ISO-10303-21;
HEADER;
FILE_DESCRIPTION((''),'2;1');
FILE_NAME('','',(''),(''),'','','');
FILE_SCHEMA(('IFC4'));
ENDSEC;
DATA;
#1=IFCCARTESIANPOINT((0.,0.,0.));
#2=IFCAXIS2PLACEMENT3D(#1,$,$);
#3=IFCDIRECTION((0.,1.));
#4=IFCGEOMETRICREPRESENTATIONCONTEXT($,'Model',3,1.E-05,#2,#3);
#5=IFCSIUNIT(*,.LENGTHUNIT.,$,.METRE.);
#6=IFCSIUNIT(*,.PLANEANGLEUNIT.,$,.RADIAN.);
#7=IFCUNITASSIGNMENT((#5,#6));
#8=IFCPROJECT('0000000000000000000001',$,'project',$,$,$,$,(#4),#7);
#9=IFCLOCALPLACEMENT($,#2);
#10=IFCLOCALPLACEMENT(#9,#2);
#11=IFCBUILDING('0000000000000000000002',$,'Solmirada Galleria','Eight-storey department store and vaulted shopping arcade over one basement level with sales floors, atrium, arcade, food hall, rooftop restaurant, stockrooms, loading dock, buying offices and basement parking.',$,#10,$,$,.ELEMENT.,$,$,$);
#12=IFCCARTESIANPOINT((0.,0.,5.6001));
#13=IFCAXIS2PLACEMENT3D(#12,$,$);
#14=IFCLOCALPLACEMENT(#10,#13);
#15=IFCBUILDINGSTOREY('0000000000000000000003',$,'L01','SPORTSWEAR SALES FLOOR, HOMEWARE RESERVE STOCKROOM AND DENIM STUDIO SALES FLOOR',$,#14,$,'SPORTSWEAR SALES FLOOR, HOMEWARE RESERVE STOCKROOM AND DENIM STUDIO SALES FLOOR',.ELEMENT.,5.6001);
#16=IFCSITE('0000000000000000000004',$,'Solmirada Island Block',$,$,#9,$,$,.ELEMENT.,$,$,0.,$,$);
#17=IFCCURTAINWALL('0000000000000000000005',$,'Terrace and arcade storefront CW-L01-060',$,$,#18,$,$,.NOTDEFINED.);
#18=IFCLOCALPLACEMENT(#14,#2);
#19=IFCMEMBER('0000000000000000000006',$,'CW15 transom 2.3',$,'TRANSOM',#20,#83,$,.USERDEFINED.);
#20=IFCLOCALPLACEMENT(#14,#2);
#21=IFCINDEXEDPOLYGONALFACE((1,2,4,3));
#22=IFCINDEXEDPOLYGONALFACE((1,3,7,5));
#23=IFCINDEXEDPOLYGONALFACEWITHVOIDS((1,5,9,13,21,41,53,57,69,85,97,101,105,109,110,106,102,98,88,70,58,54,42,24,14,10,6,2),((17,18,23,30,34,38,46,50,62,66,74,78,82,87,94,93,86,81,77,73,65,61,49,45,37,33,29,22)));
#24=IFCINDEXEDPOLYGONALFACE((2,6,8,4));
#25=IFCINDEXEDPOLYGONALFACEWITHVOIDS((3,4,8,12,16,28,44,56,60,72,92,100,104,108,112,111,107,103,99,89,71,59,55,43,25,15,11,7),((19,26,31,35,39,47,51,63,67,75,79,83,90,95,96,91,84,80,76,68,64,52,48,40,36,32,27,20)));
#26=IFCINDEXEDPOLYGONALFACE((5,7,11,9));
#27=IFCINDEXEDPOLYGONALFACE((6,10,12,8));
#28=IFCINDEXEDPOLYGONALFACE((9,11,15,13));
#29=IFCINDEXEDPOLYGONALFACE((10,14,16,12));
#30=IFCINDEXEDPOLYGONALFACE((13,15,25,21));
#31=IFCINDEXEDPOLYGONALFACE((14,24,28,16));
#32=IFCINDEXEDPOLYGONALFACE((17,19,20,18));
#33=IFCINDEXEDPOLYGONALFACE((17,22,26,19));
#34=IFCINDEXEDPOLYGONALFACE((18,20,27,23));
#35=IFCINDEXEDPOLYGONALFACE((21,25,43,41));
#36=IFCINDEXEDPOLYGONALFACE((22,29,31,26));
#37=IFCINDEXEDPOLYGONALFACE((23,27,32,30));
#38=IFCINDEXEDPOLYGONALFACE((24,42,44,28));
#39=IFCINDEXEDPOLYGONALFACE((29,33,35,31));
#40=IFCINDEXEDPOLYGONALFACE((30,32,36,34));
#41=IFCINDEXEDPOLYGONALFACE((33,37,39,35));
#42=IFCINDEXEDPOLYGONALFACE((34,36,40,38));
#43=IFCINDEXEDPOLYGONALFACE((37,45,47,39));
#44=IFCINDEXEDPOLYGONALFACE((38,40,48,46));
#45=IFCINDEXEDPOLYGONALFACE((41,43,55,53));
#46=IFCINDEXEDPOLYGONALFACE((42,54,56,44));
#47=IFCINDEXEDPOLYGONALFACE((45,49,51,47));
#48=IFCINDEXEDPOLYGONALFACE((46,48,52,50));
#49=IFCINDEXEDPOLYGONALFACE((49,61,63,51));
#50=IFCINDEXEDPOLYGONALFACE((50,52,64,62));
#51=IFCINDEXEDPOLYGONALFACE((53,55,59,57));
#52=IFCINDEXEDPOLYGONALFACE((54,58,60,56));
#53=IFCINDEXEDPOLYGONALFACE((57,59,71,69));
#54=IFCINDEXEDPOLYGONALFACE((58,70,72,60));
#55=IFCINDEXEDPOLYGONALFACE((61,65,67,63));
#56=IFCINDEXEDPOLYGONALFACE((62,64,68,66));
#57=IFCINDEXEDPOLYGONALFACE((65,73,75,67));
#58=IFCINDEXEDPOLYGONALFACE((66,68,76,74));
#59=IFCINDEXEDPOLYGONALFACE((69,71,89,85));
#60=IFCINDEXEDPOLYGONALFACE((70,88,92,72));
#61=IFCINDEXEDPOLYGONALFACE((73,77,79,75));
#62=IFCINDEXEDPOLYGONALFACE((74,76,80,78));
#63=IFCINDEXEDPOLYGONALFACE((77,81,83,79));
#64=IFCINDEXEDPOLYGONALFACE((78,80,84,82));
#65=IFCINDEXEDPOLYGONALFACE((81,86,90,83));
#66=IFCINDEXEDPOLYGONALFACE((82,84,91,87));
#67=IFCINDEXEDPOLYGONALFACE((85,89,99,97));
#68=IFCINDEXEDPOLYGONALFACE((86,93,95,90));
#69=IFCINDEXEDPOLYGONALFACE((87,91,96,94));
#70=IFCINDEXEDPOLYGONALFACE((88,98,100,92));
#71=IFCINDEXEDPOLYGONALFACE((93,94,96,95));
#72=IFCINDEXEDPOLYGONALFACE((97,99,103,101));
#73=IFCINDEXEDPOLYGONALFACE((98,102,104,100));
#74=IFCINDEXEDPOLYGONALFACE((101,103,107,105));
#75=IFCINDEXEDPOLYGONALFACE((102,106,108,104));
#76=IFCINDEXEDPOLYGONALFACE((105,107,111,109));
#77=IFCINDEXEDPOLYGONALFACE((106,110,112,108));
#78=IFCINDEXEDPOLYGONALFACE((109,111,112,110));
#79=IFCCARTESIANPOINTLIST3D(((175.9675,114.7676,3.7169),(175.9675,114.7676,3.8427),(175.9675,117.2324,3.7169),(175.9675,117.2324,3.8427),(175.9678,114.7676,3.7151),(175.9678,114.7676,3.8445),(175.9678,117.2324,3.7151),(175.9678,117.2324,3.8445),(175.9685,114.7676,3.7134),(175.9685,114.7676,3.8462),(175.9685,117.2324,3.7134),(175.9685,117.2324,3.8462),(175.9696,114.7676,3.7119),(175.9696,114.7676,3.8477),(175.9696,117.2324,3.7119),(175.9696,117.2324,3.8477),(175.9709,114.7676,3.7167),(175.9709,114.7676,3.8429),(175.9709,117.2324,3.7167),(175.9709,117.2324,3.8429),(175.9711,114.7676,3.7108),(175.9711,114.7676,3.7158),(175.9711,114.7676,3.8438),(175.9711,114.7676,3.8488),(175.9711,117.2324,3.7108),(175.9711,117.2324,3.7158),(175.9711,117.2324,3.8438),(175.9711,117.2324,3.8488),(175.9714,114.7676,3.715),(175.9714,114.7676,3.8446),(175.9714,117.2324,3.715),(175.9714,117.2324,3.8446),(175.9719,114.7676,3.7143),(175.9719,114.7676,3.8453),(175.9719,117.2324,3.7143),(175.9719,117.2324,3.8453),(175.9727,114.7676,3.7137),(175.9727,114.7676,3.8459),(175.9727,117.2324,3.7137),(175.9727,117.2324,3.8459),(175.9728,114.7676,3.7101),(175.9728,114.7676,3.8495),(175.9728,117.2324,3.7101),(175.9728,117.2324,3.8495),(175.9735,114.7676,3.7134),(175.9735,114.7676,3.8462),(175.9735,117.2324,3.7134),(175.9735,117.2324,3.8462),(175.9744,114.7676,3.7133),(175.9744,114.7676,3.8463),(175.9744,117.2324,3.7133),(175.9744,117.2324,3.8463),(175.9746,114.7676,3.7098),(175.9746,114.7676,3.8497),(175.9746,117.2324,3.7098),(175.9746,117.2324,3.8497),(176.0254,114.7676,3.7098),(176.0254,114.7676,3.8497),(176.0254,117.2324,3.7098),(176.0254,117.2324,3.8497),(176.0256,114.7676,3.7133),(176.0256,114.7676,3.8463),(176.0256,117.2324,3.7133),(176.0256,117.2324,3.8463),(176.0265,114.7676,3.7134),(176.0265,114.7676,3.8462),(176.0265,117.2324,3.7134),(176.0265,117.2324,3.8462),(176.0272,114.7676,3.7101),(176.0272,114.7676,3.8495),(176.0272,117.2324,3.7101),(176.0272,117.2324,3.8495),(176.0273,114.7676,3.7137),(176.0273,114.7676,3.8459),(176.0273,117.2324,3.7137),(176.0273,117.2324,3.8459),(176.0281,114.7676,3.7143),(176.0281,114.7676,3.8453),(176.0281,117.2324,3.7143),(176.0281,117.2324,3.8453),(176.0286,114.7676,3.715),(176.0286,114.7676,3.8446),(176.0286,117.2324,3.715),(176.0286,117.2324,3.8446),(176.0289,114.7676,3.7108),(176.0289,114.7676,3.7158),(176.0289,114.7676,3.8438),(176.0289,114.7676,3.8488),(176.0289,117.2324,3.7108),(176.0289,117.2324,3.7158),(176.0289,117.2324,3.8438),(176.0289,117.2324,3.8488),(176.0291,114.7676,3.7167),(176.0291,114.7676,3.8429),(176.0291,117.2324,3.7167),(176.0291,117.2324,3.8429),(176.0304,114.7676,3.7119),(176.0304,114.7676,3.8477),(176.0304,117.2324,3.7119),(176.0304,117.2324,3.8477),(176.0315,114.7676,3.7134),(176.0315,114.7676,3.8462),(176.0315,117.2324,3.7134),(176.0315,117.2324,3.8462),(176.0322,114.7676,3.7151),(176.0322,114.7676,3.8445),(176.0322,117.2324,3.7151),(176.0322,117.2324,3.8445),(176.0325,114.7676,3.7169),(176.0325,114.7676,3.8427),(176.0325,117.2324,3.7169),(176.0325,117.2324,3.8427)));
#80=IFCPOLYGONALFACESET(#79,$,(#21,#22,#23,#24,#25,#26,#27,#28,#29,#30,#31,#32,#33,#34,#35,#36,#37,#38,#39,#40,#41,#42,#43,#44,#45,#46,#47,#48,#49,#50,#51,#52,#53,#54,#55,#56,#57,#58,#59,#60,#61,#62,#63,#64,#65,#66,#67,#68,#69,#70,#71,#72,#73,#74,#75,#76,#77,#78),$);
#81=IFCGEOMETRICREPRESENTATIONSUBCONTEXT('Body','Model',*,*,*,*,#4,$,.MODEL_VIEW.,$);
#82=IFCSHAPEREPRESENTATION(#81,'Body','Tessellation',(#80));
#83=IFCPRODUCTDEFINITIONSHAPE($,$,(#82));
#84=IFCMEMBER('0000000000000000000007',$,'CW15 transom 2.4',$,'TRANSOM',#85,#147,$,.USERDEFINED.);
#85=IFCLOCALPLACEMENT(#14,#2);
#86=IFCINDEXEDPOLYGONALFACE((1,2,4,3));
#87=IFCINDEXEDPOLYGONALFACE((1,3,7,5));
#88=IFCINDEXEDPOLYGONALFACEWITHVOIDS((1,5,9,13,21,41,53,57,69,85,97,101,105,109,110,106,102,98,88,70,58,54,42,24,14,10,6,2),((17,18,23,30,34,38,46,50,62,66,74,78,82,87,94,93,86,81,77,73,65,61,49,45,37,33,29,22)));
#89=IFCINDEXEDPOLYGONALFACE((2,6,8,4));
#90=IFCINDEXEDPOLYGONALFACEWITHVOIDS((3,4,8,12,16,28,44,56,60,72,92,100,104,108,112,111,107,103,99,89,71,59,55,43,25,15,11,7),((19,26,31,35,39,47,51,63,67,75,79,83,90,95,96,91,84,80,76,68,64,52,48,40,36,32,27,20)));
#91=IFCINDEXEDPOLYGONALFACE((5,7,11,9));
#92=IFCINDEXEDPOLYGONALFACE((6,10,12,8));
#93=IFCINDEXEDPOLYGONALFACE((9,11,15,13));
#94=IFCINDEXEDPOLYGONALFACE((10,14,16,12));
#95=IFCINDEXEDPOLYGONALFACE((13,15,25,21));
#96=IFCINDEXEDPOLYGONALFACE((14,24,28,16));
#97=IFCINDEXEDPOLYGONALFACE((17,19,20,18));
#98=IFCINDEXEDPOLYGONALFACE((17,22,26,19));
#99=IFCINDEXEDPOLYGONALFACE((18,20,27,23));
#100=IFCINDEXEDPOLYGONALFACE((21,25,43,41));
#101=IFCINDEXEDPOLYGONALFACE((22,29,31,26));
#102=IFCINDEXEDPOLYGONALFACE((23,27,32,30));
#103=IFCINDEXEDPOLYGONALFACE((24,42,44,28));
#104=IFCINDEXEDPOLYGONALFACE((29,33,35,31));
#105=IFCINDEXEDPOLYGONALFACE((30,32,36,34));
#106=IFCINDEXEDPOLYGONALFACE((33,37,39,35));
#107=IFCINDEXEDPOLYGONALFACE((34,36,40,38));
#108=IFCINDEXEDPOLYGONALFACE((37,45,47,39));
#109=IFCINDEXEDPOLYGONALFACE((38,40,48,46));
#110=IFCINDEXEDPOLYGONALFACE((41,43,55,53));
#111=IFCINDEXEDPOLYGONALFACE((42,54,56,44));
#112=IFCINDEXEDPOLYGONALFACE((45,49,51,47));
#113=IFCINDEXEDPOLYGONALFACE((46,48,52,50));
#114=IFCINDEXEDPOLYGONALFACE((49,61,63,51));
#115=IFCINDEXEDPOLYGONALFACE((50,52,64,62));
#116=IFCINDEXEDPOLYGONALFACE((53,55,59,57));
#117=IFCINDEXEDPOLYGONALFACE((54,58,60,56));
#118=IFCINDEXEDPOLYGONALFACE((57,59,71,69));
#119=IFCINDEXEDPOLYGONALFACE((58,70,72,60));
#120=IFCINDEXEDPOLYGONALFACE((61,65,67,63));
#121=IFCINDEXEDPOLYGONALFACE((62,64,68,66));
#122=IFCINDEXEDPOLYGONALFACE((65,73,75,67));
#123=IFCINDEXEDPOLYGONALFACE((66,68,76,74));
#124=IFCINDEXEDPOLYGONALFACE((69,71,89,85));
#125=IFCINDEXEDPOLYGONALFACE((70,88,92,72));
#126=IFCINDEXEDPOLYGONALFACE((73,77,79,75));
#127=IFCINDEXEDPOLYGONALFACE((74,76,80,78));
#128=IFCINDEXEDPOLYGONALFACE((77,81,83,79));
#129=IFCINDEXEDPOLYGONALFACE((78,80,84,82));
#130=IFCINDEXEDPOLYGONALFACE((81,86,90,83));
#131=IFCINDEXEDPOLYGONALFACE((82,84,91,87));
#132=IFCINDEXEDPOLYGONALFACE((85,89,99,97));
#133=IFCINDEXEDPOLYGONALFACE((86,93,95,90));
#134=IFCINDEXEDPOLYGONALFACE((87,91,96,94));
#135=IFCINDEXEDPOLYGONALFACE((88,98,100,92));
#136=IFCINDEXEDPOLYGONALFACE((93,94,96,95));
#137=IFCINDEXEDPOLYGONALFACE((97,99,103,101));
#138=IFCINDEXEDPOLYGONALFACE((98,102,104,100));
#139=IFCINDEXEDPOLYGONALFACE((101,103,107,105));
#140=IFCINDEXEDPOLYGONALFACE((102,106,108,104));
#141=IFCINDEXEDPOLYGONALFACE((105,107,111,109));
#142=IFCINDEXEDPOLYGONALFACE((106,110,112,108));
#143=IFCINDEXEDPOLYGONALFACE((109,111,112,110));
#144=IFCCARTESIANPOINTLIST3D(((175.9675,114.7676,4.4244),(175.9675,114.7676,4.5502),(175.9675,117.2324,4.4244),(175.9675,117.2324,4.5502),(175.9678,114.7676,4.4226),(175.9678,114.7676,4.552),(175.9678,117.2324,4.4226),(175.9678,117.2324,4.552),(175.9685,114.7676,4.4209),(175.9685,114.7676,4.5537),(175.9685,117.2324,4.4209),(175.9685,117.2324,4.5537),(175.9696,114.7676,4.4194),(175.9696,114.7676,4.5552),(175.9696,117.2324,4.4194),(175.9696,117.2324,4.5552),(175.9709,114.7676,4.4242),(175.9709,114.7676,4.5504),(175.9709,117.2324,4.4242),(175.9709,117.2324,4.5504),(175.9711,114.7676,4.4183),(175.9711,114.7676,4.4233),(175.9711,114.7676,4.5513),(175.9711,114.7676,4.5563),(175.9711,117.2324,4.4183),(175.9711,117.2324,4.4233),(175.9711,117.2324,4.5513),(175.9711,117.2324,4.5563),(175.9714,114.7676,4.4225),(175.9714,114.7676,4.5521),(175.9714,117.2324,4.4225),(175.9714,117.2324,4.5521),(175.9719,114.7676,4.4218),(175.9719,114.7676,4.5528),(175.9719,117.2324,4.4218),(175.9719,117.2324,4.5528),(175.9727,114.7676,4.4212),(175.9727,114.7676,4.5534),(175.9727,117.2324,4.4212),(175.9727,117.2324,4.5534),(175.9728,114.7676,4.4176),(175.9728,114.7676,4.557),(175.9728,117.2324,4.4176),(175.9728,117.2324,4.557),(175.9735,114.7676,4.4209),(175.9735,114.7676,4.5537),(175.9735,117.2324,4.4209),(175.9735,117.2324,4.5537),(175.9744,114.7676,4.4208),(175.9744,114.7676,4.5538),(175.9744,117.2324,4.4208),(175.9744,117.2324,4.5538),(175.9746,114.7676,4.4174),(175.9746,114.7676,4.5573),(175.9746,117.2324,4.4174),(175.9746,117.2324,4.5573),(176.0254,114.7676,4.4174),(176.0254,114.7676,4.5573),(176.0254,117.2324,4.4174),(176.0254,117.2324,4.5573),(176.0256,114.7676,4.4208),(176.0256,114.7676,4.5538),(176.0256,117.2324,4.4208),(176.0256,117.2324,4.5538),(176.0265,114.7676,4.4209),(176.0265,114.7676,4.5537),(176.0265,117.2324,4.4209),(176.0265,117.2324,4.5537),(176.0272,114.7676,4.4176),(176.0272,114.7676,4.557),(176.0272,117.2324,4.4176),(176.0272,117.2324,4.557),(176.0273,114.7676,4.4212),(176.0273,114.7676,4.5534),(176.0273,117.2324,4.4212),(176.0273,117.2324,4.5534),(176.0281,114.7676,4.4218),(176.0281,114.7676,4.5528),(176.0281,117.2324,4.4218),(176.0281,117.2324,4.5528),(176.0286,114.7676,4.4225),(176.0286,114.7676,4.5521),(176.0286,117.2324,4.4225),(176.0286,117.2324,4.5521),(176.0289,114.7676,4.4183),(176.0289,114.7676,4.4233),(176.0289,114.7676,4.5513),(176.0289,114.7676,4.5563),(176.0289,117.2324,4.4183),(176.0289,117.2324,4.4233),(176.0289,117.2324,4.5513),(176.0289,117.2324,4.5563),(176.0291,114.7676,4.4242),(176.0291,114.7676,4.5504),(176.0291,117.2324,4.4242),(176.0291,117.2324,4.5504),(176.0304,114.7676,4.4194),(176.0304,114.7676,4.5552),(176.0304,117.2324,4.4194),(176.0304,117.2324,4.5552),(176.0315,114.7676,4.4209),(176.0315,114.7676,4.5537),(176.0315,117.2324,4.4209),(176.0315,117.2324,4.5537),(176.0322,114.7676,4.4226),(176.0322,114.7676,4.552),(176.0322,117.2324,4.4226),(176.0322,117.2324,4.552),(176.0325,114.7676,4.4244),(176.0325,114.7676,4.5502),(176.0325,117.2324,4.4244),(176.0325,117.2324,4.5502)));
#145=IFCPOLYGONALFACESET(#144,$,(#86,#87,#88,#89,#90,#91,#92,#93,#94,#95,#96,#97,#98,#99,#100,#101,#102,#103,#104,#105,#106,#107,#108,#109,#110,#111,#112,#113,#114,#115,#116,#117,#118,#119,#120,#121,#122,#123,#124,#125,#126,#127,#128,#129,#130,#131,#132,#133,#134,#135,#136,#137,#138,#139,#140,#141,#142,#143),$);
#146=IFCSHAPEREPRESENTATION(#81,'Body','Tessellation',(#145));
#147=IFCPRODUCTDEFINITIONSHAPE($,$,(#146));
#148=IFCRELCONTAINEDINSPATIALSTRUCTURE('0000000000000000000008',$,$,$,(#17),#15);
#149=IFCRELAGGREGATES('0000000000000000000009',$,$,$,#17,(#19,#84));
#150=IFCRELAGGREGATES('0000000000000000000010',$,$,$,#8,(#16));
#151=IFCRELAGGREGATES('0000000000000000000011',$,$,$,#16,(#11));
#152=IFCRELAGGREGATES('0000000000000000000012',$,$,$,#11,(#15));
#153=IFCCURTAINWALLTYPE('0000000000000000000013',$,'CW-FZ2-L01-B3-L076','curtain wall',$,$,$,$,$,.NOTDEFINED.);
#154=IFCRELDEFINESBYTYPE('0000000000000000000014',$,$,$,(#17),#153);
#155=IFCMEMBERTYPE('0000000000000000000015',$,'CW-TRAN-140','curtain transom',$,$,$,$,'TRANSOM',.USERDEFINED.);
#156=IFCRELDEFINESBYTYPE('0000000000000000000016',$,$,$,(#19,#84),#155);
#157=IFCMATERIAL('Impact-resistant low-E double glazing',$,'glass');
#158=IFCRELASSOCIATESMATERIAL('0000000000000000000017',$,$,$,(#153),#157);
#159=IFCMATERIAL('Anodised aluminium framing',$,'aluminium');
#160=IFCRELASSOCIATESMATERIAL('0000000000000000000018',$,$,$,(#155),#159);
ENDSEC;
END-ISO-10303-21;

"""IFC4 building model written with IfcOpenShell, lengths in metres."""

from ifc_helpers import new_model, si_unit, direction, frame, origin, origin_2d, place, context, subcontext, project, spatial, hollow_rectangle, extrude, material, material_profile, profile_set, type_object, element, aggregate, save


model = new_model("IFC4")

# Units and contexts
model_context = context("Model", 3, precision=1e-05, world=origin(), true_north=direction((0.0, 1.0)))
body_context = subcontext(model_context, "Body", "Model", "MODEL_VIEW")
ifc_project = project(units=[si_unit("LENGTHUNIT", "METRE"), si_unit("PLANEANGLEUNIT", "RADIAN")], contexts=[model_context])

# Site, building, storey
site_placement = place(None, origin())
site = spatial("IfcSite", under=ifc_project, at=site_placement, Name="Solmirada Island Block", CompositionType="ELEMENT", RefElevation=0.0)
building_placement = place(site_placement, origin())
building = spatial("IfcBuilding", under=site, at=building_placement, Name="Solmirada Galleria", Description="Eight-storey department store and vaulted shopping arcade over one basement level with sales floors, atrium, arcade, food hall, rooftop restaurant, stockrooms, loading dock, buying offices and basement parking.", CompositionType="ELEMENT")
storey_placement = place(building_placement, frame((0.0, 0.0, 5.6001)))
storey = spatial("IfcBuildingStorey", under=building, at=storey_placement, Name="L01", Description="SPORTSWEAR SALES FLOOR, HOMEWARE RESERVE STOCKROOM AND DENIM STUDIO SALES FLOOR", LongName="SPORTSWEAR SALES FLOOR, HOMEWARE RESERVE STOCKROOM AND DENIM STUDIO SALES FLOOR", CompositionType="ELEMENT", Elevation=5.6001)

# Curtain wall
ifc_material_1 = material(Name="Impact-resistant low-E double glazing", Category="glass")
curtain_wall_type = type_object("IfcCurtainWallType", Name="CW-FZ2-L01-B3-L076", Description="curtain wall", PredefinedType="NOTDEFINED", material=ifc_material_1)
curtain_wall_1_placement = place(storey_placement, origin())
curtain_wall_1 = element("IfcCurtainWall", 1, at=curtain_wall_1_placement, inside=storey, type_object=curtain_wall_type, Name="Terrace and arcade storefront CW-L01-060", PredefinedType="NOTDEFINED")
ifc_material_2 = material(Name="Anodised aluminium framing", Category="aluminium")

# Members
ifc_material_profile_1 = material_profile(ifc_material_2, hollow_rectangle(XDim=0.0649, YDim=0.1399, WallThickness=0.0034, InnerFilletRadius=0.0034, OuterFilletRadius=0.0071, at=origin_2d()), Name="ALU-TRAN-140X65")
ifc_profile_set_1 = profile_set([ifc_material_profile_1], Name="Anodised aluminium framing")
member_type_1 = type_object("IfcMemberType", Name="CW-TRAN-140", Description="curtain transom", ElementType="TRANSOM", PredefinedType="USERDEFINED", material=ifc_profile_set_1)
member_1_placement = place(storey_placement, frame((176.0, 117.2324, 3.7798), z_axis=(0.0, -1.0, 0.0), x_axis=(1.0, 0.0, 0.0)))
member_1 = element("IfcMember", 2, at=member_1_placement, type_object=member_type_1, Name="CW15 transom 2.3", ObjectType="TRANSOM", PredefinedType="USERDEFINED", context=body_context, shape_type="SweptSolid", body=[
    extrude(hollow_rectangle(XDim=0.0649, YDim=0.1399, WallThickness=0.0034, InnerFilletRadius=0.0034, OuterFilletRadius=0.0071, at=origin_2d()), origin(), (0.0, 0.0, 1.0), 2.4648),
])
member_2_placement = place(storey_placement, frame((176.0, 117.2324, 4.4873), z_axis=(0.0, -1.0, 0.0), x_axis=(1.0, 0.0, 0.0)))
member_2 = element("IfcMember", 3, at=member_2_placement, type_object=member_type_1, Name="CW15 transom 2.4", ObjectType="TRANSOM", PredefinedType="USERDEFINED", context=body_context, shape_type="SweptSolid", body=[
    extrude(hollow_rectangle(XDim=0.0649, YDim=0.1399, WallThickness=0.0034, InnerFilletRadius=0.0034, OuterFilletRadius=0.0071, at=origin_2d()), origin(), (0.0, 0.0, 1.0), 2.4648),
])

aggregate(curtain_wall_1, [member_1, member_2])

save(model, "model.ifc")
